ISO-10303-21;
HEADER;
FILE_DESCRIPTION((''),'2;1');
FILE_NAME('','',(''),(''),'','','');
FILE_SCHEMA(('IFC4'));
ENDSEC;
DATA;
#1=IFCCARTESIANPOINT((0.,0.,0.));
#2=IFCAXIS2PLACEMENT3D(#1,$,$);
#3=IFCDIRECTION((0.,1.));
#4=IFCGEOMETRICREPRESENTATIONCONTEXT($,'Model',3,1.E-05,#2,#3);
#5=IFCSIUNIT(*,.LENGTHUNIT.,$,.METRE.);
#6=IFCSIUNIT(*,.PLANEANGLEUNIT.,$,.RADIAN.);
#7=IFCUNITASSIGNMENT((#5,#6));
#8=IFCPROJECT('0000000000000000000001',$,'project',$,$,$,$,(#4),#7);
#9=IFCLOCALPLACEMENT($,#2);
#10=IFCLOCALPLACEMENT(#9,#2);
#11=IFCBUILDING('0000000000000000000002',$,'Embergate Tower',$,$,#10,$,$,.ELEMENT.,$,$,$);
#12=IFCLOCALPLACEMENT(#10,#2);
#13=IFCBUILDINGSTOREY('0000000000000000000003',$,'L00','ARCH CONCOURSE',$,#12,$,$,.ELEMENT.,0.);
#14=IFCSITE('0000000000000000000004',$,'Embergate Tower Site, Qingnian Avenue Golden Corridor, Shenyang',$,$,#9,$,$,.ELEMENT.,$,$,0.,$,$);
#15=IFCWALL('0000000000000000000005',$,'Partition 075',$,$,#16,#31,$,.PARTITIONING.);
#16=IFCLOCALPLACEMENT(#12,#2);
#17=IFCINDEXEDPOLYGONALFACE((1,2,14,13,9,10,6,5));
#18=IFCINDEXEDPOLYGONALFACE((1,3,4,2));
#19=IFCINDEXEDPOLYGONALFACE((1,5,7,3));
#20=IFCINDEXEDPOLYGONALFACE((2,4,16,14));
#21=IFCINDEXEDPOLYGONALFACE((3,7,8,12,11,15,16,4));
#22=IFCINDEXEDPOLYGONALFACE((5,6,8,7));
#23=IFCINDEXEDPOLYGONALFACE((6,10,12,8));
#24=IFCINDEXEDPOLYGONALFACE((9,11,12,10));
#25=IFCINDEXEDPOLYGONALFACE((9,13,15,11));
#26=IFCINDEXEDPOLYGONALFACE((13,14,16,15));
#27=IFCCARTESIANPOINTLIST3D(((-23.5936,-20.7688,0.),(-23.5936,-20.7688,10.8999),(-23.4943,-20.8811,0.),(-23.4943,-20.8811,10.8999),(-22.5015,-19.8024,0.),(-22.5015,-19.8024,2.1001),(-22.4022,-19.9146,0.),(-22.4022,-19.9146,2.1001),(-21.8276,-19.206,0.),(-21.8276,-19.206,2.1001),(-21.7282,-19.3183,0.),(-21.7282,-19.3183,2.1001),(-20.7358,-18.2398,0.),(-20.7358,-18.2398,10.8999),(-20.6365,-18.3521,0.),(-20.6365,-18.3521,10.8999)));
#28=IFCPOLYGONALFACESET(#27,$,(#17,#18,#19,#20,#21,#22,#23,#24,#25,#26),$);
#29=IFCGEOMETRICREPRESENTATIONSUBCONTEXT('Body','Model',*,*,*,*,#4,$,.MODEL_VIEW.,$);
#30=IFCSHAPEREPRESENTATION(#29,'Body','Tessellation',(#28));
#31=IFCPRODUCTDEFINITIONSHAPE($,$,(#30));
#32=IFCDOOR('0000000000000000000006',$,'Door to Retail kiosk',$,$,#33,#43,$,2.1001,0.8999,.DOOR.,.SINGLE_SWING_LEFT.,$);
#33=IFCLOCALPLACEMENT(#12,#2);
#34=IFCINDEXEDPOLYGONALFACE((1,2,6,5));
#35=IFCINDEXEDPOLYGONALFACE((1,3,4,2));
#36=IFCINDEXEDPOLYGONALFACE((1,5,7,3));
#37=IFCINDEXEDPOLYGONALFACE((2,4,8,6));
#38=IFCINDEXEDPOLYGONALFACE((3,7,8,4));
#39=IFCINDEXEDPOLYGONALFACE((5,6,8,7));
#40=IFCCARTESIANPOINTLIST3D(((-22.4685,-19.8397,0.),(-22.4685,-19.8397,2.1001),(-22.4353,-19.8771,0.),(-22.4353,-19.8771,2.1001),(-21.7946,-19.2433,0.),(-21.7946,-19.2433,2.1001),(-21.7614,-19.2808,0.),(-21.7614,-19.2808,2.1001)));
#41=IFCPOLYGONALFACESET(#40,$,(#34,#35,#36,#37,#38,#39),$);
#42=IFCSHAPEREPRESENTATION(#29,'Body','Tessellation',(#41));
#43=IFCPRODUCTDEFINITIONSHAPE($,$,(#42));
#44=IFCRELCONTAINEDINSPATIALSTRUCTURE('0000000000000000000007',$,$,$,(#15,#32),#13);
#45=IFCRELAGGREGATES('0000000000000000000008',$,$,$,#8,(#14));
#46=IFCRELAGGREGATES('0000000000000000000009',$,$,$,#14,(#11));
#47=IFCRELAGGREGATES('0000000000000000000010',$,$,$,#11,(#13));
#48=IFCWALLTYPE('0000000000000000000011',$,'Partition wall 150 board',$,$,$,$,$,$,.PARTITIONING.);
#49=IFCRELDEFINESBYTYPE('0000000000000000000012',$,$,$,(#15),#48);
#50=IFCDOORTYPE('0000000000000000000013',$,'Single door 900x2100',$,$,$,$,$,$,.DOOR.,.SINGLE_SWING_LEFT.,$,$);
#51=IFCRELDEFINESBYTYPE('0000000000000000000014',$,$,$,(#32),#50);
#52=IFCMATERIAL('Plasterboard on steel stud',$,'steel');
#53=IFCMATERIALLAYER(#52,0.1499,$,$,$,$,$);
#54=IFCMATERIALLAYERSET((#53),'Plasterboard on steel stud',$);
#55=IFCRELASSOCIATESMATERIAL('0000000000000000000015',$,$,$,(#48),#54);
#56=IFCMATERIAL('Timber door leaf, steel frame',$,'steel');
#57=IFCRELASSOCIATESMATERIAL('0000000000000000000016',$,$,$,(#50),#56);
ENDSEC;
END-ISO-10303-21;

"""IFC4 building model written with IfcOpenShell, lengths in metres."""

from ifc_helpers import new_model, si_unit, direction, frame, frame_2d, origin, place, context, subcontext, project, spatial, rectangle, extrude, source, transform, mapped, material, layer, layer_set, type_object, element, fill, save


model = new_model("IFC4")

# Units and contexts
model_context = context("Model", 3, precision=1e-05, world=origin(), true_north=direction((0.0, 1.0)))
body_context = subcontext(model_context, "Body", "Model", "MODEL_VIEW")
ifc_project = project(units=[si_unit("LENGTHUNIT", "METRE"), si_unit("PLANEANGLEUNIT", "RADIAN")], contexts=[model_context])

# Site, building, storey
site_placement = place(None, origin())
site = spatial("IfcSite", under=ifc_project, at=site_placement, Name="Embergate Tower Site, Qingnian Avenue Golden Corridor, Shenyang", CompositionType="ELEMENT", RefElevation=0.0)
building_placement = place(site_placement, origin())
building = spatial("IfcBuilding", under=site, at=building_placement, Name="Embergate Tower", CompositionType="ELEMENT")
storey_placement = place(building_placement, origin())
storey = spatial("IfcBuildingStorey", under=building, at=storey_placement, Name="L00", Description="ARCH CONCOURSE", CompositionType="ELEMENT", Elevation=0.0)

# Shared definitions
ifc_material_1 = material(Name="Plasterboard on steel stud", Category="steel")
ifc_layer_1 = layer(ifc_material_1, 0.1499)
ifc_layer_set_1 = layer_set([ifc_layer_1], Name="Plasterboard on steel stud")
wall_type_1 = type_object("IfcWallType", Name="Partition wall 150 board", PredefinedType="PARTITIONING", material=ifc_layer_set_1)

# Wall, opening, door
shared_shape_1 = source(origin(), body_context, "Body", "SweptSolid", [
    extrude(rectangle(XDim=3.8162, YDim=0.1499, at=frame_2d((1.9082, 0.0))), origin(), (0.0, 0.0, 1.0), 10.8999),
])
wall_1_placement = place(storey_placement, frame((-20.686, -18.2959, 0.0), z_axis=(0.0, 0.0, 1.0), x_axis=(-0.748879, -0.662706, 0.0)))
wall_1 = element("IfcWall", 1, at=wall_1_placement, inside=storey, type_object=wall_type_1, Name="Partition 075", PredefinedType="PARTITIONING", context=body_context, shape_type="MappedRepresentation", body=[
    mapped(shared_shape_1, transform((0.0, 0.0, 0.0))),
])
shared_shape_2 = source(origin(), body_context, "Body", "SweptSolid", [
    extrude(rectangle(XDim=0.8999, YDim=2.1001, at=frame_2d((0.45, 1.05))), frame((0.0, 0.085, 0.0), z_axis=(0.0, -1.0, 0.0), x_axis=(1.0, 0.0, 0.0)), (0.0, 0.0, 1.0), 0.1699),
])
opening_1_placement = place(wall_1_placement, frame((1.458, 0.0, 0.0)))
opening_1 = element("IfcOpeningElement", 2, at=opening_1_placement, cuts=wall_1, PredefinedType="OPENING", context=body_context, shape_type="MappedRepresentation", body=[
    mapped(shared_shape_2, transform((0.0, 0.0, 0.0))),
])
ifc_material_2 = material(Name="Timber door leaf, steel frame", Category="steel")
door_type_1 = type_object("IfcDoorType", Name="Single door 900x2100", OperationType="SINGLE_SWING_LEFT", PredefinedType="DOOR", material=ifc_material_2)
shared_shape_3 = source(origin(), body_context, "Body", "SweptSolid", [
    extrude(rectangle(XDim=0.8999, YDim=2.1001, at=frame_2d((0.45, 1.05))), frame((0.0, 0.0249, 0.0), z_axis=(0.0, -1.0, 0.0), x_axis=(1.0, 0.0, 0.0)), (0.0, 0.0, 1.0), 0.05),
])
door_1_placement = place(opening_1_placement, origin())
door_1 = element("IfcDoor", 3, at=door_1_placement, inside=storey, type_object=door_type_1, Name="Door to Retail kiosk", OperationType="SINGLE_SWING_LEFT", OverallHeight=2.1001, OverallWidth=0.8999, PredefinedType="DOOR", context=body_context, shape_type="MappedRepresentation", body=[
    mapped(shared_shape_3, transform((0.0, 0.0, 0.0))),
])
fill(opening_1, door_1)

save(model, "model.ifc")
